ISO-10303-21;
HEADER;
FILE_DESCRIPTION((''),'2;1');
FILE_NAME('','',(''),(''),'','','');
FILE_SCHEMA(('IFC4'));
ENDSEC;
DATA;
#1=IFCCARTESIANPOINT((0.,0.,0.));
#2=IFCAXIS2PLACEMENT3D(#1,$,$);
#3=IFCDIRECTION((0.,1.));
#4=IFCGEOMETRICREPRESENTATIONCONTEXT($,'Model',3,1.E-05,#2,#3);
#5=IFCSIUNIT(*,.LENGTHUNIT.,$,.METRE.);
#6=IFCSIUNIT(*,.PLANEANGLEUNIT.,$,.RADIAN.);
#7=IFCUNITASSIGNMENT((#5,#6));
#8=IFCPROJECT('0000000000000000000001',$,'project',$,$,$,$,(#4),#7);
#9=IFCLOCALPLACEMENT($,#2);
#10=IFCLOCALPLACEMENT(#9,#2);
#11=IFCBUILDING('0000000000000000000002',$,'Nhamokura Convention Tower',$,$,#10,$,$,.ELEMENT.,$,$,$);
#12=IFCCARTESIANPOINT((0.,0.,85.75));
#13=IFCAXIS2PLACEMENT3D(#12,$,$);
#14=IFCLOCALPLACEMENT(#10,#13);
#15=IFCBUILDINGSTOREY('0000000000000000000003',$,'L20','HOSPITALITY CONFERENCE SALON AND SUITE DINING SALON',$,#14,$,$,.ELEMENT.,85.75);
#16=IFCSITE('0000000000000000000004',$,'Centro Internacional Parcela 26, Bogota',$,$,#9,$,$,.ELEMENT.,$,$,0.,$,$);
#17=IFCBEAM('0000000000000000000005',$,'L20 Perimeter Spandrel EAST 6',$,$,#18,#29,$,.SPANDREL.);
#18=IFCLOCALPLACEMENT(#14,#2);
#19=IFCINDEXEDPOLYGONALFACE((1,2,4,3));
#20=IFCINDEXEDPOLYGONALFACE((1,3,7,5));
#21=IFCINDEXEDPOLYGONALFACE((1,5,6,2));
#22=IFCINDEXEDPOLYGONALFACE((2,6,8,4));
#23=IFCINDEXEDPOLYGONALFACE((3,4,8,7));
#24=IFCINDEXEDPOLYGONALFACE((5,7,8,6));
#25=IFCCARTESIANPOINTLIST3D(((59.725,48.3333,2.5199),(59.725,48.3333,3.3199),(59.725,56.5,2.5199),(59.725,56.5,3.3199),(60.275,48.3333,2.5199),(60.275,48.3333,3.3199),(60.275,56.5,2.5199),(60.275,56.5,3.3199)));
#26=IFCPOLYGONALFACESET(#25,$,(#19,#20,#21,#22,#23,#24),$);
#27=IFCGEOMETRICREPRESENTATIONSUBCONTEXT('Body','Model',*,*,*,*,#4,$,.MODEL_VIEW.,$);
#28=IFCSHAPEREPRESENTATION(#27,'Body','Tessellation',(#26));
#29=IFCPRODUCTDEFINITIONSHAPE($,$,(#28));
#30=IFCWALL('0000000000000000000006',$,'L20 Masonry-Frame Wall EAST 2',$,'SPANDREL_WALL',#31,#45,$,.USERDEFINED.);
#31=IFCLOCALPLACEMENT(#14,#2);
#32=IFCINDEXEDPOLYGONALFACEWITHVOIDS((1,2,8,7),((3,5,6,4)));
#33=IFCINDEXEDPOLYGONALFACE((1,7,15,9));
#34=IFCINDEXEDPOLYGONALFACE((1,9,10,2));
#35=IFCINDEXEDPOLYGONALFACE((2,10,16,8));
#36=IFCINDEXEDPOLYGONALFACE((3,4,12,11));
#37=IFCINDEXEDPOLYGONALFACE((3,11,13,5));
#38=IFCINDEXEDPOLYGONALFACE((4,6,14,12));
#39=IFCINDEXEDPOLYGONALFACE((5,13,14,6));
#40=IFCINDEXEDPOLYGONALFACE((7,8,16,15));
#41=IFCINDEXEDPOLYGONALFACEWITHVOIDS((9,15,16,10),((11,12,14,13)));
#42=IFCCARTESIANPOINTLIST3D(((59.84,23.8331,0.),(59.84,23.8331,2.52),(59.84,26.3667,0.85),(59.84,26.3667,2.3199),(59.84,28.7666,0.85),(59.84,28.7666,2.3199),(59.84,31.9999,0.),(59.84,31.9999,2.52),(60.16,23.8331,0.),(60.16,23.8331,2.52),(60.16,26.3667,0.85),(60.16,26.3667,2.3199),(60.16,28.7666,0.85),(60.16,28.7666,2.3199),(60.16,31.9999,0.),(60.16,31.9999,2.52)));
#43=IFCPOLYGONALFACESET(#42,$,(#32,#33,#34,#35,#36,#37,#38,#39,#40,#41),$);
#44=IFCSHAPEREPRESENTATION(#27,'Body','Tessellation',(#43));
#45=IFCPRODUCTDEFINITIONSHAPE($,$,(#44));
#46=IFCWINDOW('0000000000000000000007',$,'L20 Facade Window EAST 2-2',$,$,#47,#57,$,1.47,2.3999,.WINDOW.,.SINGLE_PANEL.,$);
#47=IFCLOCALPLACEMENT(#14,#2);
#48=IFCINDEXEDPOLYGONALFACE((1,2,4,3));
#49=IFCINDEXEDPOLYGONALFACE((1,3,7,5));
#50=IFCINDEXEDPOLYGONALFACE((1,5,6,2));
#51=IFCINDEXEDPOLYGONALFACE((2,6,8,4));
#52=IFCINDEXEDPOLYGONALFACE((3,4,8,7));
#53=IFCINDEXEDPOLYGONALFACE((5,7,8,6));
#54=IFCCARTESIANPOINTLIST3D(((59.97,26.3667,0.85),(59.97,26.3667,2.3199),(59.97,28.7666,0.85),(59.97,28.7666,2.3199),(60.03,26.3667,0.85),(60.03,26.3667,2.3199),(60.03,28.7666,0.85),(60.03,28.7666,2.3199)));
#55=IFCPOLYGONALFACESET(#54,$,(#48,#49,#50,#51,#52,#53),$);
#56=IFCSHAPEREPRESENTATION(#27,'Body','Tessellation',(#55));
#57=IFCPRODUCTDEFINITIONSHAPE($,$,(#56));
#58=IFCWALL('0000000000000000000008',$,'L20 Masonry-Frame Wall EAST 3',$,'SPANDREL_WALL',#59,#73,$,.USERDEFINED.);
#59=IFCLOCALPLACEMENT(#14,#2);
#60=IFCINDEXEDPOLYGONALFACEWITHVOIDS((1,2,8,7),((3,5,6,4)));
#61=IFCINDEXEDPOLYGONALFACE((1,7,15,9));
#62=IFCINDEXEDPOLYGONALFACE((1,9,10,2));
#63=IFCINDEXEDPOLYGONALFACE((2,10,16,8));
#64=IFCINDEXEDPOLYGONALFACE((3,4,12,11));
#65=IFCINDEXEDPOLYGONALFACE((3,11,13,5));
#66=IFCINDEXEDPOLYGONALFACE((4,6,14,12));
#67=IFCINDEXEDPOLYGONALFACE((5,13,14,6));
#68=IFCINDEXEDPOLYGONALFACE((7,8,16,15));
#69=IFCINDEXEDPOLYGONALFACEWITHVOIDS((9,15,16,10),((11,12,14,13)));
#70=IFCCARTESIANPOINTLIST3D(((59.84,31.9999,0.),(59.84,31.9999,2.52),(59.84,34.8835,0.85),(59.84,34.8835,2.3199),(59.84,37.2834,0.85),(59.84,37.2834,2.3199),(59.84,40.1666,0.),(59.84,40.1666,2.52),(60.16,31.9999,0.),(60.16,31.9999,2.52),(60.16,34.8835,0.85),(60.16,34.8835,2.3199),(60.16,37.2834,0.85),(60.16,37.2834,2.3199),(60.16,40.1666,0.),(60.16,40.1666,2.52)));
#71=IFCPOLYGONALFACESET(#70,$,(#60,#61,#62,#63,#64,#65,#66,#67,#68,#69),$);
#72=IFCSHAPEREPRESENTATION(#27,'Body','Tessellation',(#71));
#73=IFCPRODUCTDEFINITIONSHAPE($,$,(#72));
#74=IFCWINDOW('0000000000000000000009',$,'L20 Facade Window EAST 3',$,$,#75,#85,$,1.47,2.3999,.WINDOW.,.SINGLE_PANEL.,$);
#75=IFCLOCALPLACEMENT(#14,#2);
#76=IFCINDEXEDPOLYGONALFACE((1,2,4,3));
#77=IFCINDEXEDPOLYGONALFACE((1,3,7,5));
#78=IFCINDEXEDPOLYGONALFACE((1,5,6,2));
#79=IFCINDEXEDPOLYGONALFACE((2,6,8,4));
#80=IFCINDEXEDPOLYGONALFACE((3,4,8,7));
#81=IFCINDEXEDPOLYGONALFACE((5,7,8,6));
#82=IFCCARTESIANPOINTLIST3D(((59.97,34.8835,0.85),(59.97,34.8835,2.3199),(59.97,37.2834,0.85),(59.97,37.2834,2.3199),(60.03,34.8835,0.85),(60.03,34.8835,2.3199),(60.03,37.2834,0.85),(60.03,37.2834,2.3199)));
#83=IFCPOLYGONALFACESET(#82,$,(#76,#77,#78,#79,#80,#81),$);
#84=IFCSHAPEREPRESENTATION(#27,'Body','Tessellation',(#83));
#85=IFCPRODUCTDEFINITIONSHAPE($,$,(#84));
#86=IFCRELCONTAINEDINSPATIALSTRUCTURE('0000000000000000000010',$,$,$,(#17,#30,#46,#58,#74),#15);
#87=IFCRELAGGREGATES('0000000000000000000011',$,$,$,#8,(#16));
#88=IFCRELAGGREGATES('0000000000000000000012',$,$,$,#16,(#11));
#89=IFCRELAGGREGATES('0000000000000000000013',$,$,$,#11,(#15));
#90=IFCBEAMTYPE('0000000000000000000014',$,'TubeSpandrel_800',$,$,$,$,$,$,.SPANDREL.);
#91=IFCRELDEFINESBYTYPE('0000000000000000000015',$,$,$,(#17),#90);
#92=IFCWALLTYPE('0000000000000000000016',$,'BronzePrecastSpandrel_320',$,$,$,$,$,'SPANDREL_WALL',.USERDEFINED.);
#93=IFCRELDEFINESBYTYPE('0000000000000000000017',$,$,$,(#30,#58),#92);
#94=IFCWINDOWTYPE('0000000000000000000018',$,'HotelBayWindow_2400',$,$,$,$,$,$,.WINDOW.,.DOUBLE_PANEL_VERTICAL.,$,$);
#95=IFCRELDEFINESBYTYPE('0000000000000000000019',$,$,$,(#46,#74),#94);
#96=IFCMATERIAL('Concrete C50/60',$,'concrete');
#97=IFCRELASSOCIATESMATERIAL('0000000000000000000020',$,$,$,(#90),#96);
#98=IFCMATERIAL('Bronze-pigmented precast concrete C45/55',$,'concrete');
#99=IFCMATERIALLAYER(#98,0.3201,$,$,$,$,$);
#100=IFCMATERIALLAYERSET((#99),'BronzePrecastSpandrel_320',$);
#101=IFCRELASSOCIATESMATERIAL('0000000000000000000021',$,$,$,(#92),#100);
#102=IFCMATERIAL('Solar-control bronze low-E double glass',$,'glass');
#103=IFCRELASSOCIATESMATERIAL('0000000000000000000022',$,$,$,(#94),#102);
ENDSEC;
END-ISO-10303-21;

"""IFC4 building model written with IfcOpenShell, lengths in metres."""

from ifc_helpers import new_model, si_unit, direction, frame, frame_2d, origin, origin_2d, place, context, subcontext, project, spatial, rectangle, extrude, material, layer, layer_set, material_profile, profile_set, type_object, element, fill, save


model = new_model("IFC4")

# Units and contexts
model_context = context("Model", 3, precision=1e-05, world=origin(), true_north=direction((0.0, 1.0)))
body_context = subcontext(model_context, "Body", "Model", "MODEL_VIEW")
ifc_project = project(units=[si_unit("LENGTHUNIT", "METRE"), si_unit("PLANEANGLEUNIT", "RADIAN")], contexts=[model_context])

# Site, building, storey
site_placement = place(None, origin())
site = spatial("IfcSite", under=ifc_project, at=site_placement, Name="Centro Internacional Parcela 26, Bogota", CompositionType="ELEMENT", RefElevation=0.0)
building_placement = place(site_placement, origin())
building = spatial("IfcBuilding", under=site, at=building_placement, Name="Nhamokura Convention Tower", CompositionType="ELEMENT")
storey_placement = place(building_placement, frame((0.0, 0.0, 85.75)))
storey = spatial("IfcBuildingStorey", under=building, at=storey_placement, Name="L20", Description="HOSPITALITY CONFERENCE SALON AND SUITE DINING SALON", CompositionType="ELEMENT", Elevation=85.75)

# Beam
ifc_material_1 = material(Name="Concrete C50/60", Category="concrete")
ifc_material_profile_1 = material_profile(ifc_material_1, rectangle(XDim=0.55, YDim=0.8, at=origin_2d()))
ifc_profile_set_1 = profile_set([ifc_material_profile_1], Name="Concrete C50/60")
beam_type_1 = type_object("IfcBeamType", Name="TubeSpandrel_800", PredefinedType="SPANDREL", material=ifc_profile_set_1)
beam_1_placement = place(storey_placement, frame((60.0, 48.3333, 2.9199), z_axis=(0.0, 1.0, 0.0), x_axis=(-1.0, 0.0, 0.0)))
element("IfcBeam", 1, at=beam_1_placement, inside=storey, type_object=beam_type_1, Name="L20 Perimeter Spandrel EAST 6", PredefinedType="SPANDREL", context=body_context, shape_type="SweptSolid", body=[
    extrude(rectangle(XDim=0.55, YDim=0.8, at=origin_2d()), origin(), (0.0, 0.0, 1.0), 8.1667),
])

# Walls, openings, windows
ifc_material_2 = material(Name="Bronze-pigmented precast concrete C45/55", Category="concrete")
ifc_layer = layer(ifc_material_2, 0.3201)
ifc_layer_set = layer_set([ifc_layer], Name="BronzePrecastSpandrel_320")
wall_type = type_object("IfcWallType", Name="BronzePrecastSpandrel_320", ElementType="SPANDREL_WALL", PredefinedType="USERDEFINED", material=ifc_layer_set)
wall_1_placement = place(storey_placement, frame((60.0, 32.0, 0.0), z_axis=(0.0, 0.0, 1.0), x_axis=(0.0, -1.0, 0.0)))
wall_1 = element("IfcWall", 2, at=wall_1_placement, inside=storey, type_object=wall_type, Name="L20 Masonry-Frame Wall EAST 2", ObjectType="SPANDREL_WALL", PredefinedType="USERDEFINED", context=body_context, shape_type="SweptSolid", body=[
    extrude(rectangle(XDim=8.1667, YDim=0.3201, at=frame_2d((4.0835, 0.0))), origin(), (0.0, 0.0, 1.0), 2.52),
])
opening_1_placement = place(wall_1_placement, frame((3.2334, 0.0, 0.8501)))
opening_1 = element("IfcOpeningElement", 3, at=opening_1_placement, cuts=wall_1, PredefinedType="OPENING", context=body_context, shape_type="SweptSolid", body=[
    extrude(rectangle(XDim=2.3999, YDim=1.47, at=frame_2d((1.2, 0.7349))), frame((0.0, 0.1699, 0.0), z_axis=(0.0, -1.0, 0.0), x_axis=(1.0, 0.0, 0.0)), (0.0, 0.0, 1.0), 0.3401),
])
ifc_material_3 = material(Name="Solar-control bronze low-E double glass", Category="glass")
window_type = type_object("IfcWindowType", Name="HotelBayWindow_2400", PartitioningType="DOUBLE_PANEL_VERTICAL", PredefinedType="WINDOW", material=ifc_material_3)
window_1_placement = place(opening_1_placement, origin())
window_1 = element("IfcWindow", 4, at=window_1_placement, inside=storey, type_object=window_type, Name="L20 Facade Window EAST 2-2", OverallHeight=1.47, OverallWidth=2.3999, PartitioningType="SINGLE_PANEL", PredefinedType="WINDOW", context=body_context, shape_type="SweptSolid", body=[
    extrude(rectangle(XDim=2.3999, YDim=1.47, at=frame_2d((1.2, 0.7349))), frame((0.0, 0.03, 0.0), z_axis=(0.0, -1.0, 0.0), x_axis=(1.0, 0.0, 0.0)), (0.0, 0.0, 1.0), 0.0601),
])
fill(opening_1, window_1)
wall_2_placement = place(storey_placement, frame((60.0, 40.1667, 0.0), z_axis=(0.0, 0.0, 1.0), x_axis=(0.0, -1.0, 0.0)))
wall_2 = element("IfcWall", 5, at=wall_2_placement, inside=storey, type_object=wall_type, Name="L20 Masonry-Frame Wall EAST 3", ObjectType="SPANDREL_WALL", PredefinedType="USERDEFINED", context=body_context, shape_type="SweptSolid", body=[
    extrude(rectangle(XDim=8.1667, YDim=0.3201, at=frame_2d((4.0835, 0.0))), origin(), (0.0, 0.0, 1.0), 2.52),
])
opening_2_placement = place(wall_2_placement, frame((2.8833, 0.0, 0.8501)))
opening_2 = element("IfcOpeningElement", 6, at=opening_2_placement, cuts=wall_2, PredefinedType="OPENING", context=body_context, shape_type="SweptSolid", body=[
    extrude(rectangle(XDim=2.3999, YDim=1.47, at=frame_2d((1.2, 0.7349))), frame((0.0, 0.1699, 0.0), z_axis=(0.0, -1.0, 0.0), x_axis=(1.0, 0.0, 0.0)), (0.0, 0.0, 1.0), 0.3401),
])
window_2_placement = place(opening_2_placement, origin())
window_2 = element("IfcWindow", 7, at=window_2_placement, inside=storey, type_object=window_type, Name="L20 Facade Window EAST 3", OverallHeight=1.47, OverallWidth=2.3999, PartitioningType="SINGLE_PANEL", PredefinedType="WINDOW", context=body_context, shape_type="SweptSolid", body=[
    extrude(rectangle(XDim=2.3999, YDim=1.47, at=frame_2d((1.2, 0.7349))), frame((0.0, 0.03, 0.0), z_axis=(0.0, -1.0, 0.0), x_axis=(1.0, 0.0, 0.0)), (0.0, 0.0, 1.0), 0.0601),
])
fill(opening_2, window_2)

save(model, "model.ifc")
